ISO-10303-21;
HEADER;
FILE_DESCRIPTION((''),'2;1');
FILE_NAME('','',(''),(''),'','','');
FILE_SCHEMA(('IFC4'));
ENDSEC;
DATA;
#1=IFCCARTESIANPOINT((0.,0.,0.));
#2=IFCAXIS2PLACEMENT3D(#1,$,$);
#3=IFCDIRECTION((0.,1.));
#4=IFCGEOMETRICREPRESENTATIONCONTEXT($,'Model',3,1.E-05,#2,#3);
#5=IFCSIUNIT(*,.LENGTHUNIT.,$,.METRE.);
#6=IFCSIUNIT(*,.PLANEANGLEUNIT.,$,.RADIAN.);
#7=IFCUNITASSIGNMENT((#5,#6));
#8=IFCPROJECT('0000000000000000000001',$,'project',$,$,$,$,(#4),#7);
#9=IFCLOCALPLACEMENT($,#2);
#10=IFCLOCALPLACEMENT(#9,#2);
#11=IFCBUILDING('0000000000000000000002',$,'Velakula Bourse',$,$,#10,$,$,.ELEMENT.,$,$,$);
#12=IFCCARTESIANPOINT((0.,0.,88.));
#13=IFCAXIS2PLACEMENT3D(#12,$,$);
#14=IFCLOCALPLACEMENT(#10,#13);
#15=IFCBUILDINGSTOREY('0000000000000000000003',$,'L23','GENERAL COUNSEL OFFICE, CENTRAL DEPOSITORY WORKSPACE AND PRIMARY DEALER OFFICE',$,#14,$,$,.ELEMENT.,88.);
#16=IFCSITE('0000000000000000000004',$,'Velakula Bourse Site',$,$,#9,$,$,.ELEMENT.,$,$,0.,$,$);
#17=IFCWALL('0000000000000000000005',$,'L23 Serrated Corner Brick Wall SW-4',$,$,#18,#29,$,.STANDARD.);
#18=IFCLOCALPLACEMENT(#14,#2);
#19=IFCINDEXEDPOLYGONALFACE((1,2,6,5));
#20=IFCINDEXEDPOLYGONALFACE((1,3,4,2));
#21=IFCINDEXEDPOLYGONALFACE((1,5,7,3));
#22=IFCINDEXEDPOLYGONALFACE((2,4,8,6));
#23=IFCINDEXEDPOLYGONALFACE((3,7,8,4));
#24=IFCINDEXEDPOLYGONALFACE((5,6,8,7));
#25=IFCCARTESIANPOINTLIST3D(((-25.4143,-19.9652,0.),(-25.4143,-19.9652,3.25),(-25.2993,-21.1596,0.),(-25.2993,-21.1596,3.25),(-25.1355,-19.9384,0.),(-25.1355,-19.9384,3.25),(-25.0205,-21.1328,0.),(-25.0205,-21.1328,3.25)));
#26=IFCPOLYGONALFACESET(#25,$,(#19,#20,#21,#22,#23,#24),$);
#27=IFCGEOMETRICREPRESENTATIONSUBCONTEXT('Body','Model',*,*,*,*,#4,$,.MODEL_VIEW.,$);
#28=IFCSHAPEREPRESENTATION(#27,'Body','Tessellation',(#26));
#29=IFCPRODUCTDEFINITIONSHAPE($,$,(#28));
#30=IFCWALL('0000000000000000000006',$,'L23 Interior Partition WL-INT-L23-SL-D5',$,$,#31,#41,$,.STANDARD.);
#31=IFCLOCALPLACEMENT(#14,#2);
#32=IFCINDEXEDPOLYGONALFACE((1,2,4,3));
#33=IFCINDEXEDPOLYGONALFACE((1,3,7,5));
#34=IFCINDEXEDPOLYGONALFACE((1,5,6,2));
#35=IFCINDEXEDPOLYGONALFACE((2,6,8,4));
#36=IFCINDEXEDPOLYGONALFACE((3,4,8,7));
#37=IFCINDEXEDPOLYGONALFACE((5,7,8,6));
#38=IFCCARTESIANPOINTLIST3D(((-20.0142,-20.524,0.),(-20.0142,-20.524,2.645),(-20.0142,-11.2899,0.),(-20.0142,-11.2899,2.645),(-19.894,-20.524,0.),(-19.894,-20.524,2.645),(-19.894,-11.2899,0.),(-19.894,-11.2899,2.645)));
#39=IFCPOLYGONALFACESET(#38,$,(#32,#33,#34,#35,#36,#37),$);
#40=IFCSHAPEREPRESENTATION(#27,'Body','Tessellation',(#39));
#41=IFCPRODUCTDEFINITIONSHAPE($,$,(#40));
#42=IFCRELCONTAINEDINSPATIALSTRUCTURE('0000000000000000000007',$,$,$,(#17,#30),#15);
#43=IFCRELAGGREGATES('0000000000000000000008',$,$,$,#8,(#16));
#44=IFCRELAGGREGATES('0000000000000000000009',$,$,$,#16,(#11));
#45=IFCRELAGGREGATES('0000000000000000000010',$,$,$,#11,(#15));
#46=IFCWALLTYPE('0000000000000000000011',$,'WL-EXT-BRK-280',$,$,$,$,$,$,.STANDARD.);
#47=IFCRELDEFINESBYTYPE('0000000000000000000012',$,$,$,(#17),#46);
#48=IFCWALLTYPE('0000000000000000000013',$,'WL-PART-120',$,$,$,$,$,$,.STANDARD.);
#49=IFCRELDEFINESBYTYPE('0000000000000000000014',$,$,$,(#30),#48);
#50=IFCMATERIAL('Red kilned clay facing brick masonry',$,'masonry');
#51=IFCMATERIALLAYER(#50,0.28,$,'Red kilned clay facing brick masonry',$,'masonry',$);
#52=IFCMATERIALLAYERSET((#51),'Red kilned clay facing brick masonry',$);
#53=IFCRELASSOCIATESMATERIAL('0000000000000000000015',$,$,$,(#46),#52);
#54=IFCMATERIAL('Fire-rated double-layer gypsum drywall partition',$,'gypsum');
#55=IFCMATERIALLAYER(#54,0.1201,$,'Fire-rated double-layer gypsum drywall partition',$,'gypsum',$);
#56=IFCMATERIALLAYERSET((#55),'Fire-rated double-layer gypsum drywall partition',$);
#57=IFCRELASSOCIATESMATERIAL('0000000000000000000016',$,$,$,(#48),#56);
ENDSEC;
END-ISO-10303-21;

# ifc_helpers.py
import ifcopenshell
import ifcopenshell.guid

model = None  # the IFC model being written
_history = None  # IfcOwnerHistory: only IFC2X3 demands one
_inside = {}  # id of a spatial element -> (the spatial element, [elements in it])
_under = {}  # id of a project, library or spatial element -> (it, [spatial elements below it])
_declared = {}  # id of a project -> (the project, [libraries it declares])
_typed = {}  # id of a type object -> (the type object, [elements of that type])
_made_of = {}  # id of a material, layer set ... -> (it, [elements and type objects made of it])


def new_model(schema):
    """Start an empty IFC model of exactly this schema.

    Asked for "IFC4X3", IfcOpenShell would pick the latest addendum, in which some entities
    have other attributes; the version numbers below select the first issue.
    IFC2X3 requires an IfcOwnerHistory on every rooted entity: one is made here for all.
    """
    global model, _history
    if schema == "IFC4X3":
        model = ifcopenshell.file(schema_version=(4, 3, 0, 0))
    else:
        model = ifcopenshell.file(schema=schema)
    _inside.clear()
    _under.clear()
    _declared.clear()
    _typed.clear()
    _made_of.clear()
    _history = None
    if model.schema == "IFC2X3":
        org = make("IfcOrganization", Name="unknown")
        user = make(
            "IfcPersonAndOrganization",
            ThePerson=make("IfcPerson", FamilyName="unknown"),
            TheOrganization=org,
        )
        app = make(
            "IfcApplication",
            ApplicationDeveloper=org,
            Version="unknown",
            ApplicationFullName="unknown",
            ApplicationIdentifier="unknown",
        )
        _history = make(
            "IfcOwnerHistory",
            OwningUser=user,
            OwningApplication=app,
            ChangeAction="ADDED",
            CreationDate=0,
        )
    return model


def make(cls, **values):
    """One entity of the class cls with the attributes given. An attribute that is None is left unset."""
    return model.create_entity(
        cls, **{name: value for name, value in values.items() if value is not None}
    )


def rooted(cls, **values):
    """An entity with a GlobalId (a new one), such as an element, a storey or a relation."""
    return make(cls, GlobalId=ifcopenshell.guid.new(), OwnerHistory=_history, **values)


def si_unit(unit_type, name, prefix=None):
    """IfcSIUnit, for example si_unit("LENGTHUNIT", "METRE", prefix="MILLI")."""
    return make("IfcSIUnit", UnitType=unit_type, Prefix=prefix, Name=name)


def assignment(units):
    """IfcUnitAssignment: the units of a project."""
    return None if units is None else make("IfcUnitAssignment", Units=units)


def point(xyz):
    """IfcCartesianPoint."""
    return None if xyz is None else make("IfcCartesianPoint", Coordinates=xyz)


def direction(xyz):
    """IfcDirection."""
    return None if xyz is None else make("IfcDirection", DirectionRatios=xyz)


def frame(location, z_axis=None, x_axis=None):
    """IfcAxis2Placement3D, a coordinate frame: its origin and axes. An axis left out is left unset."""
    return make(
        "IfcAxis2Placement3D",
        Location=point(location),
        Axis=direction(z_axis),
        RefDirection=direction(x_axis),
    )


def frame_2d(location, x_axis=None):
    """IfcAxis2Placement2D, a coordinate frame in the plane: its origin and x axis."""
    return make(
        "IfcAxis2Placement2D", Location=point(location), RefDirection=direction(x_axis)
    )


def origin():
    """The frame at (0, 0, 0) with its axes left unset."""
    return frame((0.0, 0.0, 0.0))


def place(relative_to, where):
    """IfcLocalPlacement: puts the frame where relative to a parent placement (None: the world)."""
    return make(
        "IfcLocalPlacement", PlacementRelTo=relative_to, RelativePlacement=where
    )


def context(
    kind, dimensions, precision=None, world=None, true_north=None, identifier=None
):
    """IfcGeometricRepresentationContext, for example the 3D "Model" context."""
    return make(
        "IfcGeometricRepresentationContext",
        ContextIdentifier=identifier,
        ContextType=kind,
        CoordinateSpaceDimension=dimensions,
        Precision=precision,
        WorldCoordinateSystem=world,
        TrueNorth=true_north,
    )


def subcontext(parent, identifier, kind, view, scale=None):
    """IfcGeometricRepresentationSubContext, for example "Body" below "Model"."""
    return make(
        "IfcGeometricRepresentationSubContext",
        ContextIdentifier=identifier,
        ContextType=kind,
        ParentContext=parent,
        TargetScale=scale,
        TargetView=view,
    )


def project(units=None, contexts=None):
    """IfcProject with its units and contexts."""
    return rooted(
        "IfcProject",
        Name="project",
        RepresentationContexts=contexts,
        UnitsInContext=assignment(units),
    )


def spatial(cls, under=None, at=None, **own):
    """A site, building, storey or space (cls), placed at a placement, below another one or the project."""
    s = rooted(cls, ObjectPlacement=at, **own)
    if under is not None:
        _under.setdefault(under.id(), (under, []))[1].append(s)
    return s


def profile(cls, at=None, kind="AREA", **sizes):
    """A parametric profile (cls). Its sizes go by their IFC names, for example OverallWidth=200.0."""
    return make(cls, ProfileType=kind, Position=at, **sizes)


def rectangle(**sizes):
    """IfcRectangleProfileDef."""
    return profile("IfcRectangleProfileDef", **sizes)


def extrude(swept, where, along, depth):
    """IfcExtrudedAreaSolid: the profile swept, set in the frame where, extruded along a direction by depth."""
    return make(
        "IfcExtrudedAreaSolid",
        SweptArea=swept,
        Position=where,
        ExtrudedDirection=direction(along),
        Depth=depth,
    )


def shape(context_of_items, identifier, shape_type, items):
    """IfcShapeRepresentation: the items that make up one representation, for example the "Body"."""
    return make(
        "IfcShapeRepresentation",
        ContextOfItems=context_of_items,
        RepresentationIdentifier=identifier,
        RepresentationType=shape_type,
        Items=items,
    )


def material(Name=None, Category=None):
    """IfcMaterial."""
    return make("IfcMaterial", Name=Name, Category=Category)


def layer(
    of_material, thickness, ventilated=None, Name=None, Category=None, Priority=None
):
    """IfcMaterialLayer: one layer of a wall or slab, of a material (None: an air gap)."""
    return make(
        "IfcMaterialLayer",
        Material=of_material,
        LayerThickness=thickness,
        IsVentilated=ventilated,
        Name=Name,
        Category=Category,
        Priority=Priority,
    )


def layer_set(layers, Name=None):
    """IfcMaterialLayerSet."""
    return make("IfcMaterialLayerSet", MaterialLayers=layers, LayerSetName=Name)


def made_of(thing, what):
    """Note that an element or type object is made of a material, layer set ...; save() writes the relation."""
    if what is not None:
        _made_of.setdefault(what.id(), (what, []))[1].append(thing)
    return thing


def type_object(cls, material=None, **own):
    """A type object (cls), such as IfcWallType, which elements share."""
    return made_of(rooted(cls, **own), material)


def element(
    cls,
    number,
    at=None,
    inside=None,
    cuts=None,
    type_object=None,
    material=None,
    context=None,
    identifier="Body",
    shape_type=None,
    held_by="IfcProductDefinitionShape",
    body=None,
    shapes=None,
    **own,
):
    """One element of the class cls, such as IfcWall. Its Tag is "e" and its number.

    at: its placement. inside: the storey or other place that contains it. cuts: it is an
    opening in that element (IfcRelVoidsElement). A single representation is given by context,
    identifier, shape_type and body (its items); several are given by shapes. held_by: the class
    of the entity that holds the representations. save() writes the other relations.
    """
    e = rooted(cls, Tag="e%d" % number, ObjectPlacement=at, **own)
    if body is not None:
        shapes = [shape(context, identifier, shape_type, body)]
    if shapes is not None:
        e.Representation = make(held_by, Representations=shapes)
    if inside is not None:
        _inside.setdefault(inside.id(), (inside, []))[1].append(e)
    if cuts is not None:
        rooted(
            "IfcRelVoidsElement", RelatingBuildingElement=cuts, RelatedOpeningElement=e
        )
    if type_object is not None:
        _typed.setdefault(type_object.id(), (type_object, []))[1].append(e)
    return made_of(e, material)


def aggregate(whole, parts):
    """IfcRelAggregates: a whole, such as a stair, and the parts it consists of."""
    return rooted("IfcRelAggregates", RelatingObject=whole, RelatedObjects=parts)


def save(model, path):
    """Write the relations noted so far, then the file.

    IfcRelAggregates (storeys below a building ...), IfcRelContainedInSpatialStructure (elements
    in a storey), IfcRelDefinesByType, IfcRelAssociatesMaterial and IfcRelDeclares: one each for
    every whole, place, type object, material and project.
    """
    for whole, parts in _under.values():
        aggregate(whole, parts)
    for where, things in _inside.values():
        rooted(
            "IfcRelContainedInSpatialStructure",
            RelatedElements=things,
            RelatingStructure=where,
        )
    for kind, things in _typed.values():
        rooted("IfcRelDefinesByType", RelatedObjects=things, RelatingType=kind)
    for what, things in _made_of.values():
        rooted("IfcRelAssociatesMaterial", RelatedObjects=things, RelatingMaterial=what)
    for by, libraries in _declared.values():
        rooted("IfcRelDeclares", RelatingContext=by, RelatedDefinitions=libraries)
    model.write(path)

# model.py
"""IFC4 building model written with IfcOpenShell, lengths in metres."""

from ifc_helpers import new_model, si_unit, direction, frame, frame_2d, origin, place, context, subcontext, project, spatial, rectangle, extrude, material, layer, layer_set, type_object, element, save


model = new_model("IFC4")

# Units and contexts
model_context = context("Model", 3, precision=1e-05, world=origin(), true_north=direction((0.0, 1.0)))
body_context = subcontext(model_context, "Body", "Model", "MODEL_VIEW")
ifc_project = project(units=[si_unit("LENGTHUNIT", "METRE"), si_unit("PLANEANGLEUNIT", "RADIAN")], contexts=[model_context])

# Site, building, storey
site_placement = place(None, origin())
site = spatial("IfcSite", under=ifc_project, at=site_placement, Name="Velakula Bourse Site", CompositionType="ELEMENT", RefElevation=0.0)
building_placement = place(site_placement, origin())
building = spatial("IfcBuilding", under=site, at=building_placement, Name="Velakula Bourse", CompositionType="ELEMENT")
storey_placement = place(building_placement, frame((0.0, 0.0, 88.0)))
storey = spatial("IfcBuildingStorey", under=building, at=storey_placement, Name="L23", Description="GENERAL COUNSEL OFFICE, CENTRAL DEPOSITORY WORKSPACE AND PRIMARY DEALER OFFICE", CompositionType="ELEMENT", Elevation=88.0)

# Shared definitions
ifc_material_1 = material(Name="Red kilned clay facing brick masonry", Category="masonry")
ifc_layer_1 = layer(ifc_material_1, 0.28, Name="Red kilned clay facing brick masonry", Category="masonry")
ifc_layer_set_1 = layer_set([ifc_layer_1], Name="Red kilned clay facing brick masonry")
wall_type_1 = type_object("IfcWallType", Name="WL-EXT-BRK-280", PredefinedType="STANDARD", material=ifc_layer_set_1)

# Walls
wall_1_placement = place(storey_placement, frame((-25.2749, -19.9517, 0.0), z_axis=(0.0, 0.0, 1.0), x_axis=(0.095836, -0.995397, 0.0)))
element("IfcWall", 1, at=wall_1_placement, inside=storey, type_object=wall_type_1, Name="L23 Serrated Corner Brick Wall SW-4", PredefinedType="STANDARD", context=body_context, shape_type="SweptSolid", body=[
    extrude(rectangle(XDim=1.2, YDim=0.28, at=frame_2d((0.6001, 0.0))), origin(), (0.0, 0.0, 1.0), 3.25),
])
ifc_material_2 = material(Name="Fire-rated double-layer gypsum drywall partition", Category="gypsum")
ifc_layer_2 = layer(ifc_material_2, 0.1201, Name="Fire-rated double-layer gypsum drywall partition", Category="gypsum")
ifc_layer_set_2 = layer_set([ifc_layer_2], Name="Fire-rated double-layer gypsum drywall partition")
wall_type_2 = type_object("IfcWallType", Name="WL-PART-120", PredefinedType="STANDARD", material=ifc_layer_set_2)
wall_2_placement = place(storey_placement, frame((-19.9541, -20.5242, 0.0), z_axis=(0.0, 0.0, 1.0), x_axis=(0.0, 1.0, 0.0)))
element("IfcWall", 2, at=wall_2_placement, inside=storey, type_object=wall_type_2, Name="L23 Interior Partition WL-INT-L23-SL-D5", PredefinedType="STANDARD", context=body_context, shape_type="SweptSolid", body=[
    extrude(rectangle(XDim=9.2341, YDim=0.1201, at=frame_2d((4.6172, 0.0))), origin(), (0.0, 0.0, 1.0), 2.645),
])

save(model, "model.ifc")
